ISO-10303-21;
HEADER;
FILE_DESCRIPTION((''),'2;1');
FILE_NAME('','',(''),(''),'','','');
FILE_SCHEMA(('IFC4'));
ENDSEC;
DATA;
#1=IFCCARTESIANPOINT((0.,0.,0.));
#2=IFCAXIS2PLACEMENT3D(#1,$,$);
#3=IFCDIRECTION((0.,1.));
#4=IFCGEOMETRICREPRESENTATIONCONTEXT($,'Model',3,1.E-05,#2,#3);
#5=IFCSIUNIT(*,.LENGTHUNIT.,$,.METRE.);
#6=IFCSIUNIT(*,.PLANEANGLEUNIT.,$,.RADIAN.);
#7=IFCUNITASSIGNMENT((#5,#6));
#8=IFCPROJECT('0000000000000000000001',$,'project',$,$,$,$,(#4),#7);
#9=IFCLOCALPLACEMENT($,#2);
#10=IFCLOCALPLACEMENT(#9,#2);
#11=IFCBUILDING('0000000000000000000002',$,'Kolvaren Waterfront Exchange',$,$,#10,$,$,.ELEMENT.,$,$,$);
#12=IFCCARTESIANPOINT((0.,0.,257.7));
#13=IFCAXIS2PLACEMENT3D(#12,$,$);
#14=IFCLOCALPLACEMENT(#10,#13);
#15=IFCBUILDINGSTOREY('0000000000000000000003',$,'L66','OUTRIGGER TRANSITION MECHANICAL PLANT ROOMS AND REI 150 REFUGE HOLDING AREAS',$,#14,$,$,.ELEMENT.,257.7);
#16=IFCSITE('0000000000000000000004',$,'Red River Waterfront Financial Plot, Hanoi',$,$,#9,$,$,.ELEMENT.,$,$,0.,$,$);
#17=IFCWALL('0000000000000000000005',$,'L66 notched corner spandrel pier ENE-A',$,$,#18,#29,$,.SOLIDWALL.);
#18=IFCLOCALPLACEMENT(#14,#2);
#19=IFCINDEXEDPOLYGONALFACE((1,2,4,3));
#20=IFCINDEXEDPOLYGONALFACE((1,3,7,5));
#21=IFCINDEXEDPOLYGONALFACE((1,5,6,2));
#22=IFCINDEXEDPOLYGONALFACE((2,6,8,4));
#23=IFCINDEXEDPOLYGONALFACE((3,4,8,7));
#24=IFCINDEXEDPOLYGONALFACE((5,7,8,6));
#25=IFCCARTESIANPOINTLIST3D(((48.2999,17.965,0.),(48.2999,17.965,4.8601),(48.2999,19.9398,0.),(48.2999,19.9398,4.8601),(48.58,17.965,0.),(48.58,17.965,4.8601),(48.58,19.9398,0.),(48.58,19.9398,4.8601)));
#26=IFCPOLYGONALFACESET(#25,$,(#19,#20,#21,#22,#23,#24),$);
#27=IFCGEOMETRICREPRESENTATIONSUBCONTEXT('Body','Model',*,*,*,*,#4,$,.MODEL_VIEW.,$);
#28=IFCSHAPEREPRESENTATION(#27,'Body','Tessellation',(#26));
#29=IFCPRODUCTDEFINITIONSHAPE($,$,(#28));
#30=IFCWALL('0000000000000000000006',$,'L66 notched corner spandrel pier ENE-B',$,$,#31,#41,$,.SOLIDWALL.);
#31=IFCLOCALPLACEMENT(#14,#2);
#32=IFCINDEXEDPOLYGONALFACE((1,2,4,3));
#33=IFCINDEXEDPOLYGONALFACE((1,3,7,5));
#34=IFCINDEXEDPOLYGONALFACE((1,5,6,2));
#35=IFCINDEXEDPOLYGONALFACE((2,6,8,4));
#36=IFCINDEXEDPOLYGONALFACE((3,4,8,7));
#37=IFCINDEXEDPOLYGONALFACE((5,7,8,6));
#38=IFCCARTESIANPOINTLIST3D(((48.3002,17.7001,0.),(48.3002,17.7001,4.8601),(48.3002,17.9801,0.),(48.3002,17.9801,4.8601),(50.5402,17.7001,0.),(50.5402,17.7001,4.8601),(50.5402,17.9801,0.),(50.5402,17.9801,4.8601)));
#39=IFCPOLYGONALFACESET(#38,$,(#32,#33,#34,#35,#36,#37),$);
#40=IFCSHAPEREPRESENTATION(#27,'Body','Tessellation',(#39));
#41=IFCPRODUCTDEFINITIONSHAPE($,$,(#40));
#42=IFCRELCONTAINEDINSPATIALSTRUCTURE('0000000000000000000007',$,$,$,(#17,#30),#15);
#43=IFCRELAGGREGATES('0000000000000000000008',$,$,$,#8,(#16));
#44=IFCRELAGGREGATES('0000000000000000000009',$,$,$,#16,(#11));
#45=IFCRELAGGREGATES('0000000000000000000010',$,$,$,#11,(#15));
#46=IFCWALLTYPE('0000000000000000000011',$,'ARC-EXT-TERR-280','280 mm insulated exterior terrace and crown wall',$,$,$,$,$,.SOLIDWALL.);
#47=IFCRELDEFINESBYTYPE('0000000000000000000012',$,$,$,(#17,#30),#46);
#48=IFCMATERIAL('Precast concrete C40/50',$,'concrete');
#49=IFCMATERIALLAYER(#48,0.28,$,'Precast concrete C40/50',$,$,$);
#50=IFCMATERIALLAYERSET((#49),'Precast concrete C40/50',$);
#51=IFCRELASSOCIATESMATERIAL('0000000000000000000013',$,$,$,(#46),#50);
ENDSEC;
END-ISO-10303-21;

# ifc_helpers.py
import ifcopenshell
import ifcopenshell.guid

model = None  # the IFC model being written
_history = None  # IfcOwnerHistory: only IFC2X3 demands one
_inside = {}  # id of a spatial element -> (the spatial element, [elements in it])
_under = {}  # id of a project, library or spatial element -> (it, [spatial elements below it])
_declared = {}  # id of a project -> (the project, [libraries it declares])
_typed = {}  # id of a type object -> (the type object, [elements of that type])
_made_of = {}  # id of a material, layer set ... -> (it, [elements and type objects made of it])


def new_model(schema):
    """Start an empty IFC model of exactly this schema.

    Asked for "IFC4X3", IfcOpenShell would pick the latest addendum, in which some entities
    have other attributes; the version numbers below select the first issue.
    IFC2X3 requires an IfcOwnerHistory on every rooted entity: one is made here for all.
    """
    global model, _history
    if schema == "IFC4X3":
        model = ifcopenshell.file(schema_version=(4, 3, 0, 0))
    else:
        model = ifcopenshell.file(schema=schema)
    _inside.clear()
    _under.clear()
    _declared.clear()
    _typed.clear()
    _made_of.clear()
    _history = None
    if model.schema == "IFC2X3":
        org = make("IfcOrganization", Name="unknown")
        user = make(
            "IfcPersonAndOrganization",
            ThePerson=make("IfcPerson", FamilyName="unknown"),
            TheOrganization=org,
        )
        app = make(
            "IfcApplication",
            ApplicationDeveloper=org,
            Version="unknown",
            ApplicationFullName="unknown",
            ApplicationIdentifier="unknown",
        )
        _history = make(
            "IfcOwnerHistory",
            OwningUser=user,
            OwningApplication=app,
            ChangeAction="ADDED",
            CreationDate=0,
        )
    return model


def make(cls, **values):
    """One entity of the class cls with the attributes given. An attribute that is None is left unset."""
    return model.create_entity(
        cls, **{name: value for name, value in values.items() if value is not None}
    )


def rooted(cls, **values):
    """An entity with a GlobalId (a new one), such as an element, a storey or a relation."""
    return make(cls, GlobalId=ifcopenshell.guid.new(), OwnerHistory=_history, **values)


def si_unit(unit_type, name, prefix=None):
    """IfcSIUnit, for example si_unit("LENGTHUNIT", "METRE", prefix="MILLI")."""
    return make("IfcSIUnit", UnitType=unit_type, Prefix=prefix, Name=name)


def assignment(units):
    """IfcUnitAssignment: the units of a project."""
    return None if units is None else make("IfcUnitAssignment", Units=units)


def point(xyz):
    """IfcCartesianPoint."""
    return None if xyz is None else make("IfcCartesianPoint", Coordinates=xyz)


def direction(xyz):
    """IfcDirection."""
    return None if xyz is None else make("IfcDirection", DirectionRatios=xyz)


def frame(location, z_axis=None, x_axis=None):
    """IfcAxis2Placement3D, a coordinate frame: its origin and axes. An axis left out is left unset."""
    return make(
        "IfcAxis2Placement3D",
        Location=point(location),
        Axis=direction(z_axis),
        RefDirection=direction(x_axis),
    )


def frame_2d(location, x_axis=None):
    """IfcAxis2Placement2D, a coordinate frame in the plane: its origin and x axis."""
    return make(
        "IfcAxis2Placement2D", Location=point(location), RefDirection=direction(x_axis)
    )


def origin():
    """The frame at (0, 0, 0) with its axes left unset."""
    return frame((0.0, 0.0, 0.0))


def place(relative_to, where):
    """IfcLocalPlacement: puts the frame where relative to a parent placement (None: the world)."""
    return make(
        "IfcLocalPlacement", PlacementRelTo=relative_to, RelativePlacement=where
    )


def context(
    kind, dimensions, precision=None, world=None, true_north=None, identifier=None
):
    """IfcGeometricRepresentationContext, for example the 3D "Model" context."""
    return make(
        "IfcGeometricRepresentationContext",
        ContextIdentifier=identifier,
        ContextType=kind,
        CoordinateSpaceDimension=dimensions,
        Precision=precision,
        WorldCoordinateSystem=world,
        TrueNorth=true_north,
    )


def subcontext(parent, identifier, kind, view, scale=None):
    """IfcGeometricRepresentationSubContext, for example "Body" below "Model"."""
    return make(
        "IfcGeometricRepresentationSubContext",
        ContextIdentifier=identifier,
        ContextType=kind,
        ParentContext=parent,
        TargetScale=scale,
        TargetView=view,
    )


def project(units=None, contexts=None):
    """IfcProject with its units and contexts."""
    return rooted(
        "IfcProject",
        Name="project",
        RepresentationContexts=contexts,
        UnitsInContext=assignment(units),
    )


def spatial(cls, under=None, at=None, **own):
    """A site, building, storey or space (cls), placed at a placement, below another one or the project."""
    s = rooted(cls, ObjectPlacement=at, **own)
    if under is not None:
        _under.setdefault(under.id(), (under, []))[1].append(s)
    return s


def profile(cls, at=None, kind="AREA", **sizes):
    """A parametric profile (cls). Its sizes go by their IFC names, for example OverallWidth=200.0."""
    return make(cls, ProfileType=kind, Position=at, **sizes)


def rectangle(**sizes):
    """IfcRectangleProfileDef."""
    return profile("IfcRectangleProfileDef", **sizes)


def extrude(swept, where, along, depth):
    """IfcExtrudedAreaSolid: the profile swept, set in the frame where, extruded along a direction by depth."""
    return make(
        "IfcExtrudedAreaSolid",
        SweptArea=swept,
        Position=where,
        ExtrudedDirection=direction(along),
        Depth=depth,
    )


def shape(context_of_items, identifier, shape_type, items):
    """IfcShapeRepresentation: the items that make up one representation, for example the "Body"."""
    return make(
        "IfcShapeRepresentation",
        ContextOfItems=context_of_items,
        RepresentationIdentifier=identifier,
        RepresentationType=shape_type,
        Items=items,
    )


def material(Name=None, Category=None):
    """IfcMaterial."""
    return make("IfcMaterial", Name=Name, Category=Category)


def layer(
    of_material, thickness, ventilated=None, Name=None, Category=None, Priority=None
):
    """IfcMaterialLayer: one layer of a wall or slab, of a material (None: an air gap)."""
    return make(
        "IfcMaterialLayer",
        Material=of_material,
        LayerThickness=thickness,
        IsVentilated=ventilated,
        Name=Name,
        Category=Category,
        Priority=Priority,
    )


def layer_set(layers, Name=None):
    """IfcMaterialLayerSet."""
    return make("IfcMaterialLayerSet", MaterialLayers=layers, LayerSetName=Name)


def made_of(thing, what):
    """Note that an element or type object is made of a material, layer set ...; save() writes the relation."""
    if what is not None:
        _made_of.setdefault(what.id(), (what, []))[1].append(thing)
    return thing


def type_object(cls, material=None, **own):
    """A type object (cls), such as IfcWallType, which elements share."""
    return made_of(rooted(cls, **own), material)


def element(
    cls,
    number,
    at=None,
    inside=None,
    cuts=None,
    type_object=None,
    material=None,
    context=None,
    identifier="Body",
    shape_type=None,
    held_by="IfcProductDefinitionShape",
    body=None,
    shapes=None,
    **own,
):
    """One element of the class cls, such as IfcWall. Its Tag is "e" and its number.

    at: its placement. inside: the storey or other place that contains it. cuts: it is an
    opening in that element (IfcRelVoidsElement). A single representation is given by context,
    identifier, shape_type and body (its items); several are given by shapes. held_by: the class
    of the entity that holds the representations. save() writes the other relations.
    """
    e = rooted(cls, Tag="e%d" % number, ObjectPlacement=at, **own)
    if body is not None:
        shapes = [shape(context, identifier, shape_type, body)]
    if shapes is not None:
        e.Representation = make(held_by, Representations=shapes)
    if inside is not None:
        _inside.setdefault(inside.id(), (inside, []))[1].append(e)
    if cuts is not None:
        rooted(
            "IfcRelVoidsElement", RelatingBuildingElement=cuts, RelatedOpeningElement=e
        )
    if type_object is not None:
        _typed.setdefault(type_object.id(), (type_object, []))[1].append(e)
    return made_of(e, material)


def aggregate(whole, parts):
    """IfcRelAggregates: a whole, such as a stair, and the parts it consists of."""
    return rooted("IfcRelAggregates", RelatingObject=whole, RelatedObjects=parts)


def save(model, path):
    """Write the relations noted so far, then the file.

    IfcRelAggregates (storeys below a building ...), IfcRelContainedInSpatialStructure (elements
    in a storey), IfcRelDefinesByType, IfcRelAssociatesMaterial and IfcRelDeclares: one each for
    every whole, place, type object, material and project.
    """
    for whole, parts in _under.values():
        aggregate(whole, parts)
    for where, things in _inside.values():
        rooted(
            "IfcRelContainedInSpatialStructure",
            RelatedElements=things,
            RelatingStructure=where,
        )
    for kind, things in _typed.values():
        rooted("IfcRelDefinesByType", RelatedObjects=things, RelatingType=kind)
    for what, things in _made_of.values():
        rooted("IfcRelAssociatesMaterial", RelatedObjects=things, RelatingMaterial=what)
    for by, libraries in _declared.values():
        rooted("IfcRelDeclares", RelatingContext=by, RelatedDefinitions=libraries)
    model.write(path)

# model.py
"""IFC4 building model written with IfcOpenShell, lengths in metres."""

from ifc_helpers import new_model, si_unit, direction, frame, frame_2d, origin, place, context, subcontext, project, spatial, rectangle, extrude, material, layer, layer_set, type_object, element, save


model = new_model("IFC4")

# Units and contexts
model_context = context("Model", 3, precision=1e-05, world=origin(), true_north=direction((0.0, 1.0)))
body_context = subcontext(model_context, "Body", "Model", "MODEL_VIEW")
ifc_project = project(units=[si_unit("LENGTHUNIT", "METRE"), si_unit("PLANEANGLEUNIT", "RADIAN")], contexts=[model_context])

# Site, building, storey
site_placement = place(None, origin())
site = spatial("IfcSite", under=ifc_project, at=site_placement, Name="Red River Waterfront Financial Plot, Hanoi", CompositionType="ELEMENT", RefElevation=0.0)
building_placement = place(site_placement, origin())
building = spatial("IfcBuilding", under=site, at=building_placement, Name="Kolvaren Waterfront Exchange", CompositionType="ELEMENT")
storey_placement = place(building_placement, frame((0.0, 0.0, 257.7)))
storey = spatial("IfcBuildingStorey", under=building, at=storey_placement, Name="L66", Description="OUTRIGGER TRANSITION MECHANICAL PLANT ROOMS AND REI 150 REFUGE HOLDING AREAS", CompositionType="ELEMENT", Elevation=257.7)

# Walls
ifc_material_1 = material(Name="Precast concrete C40/50", Category="concrete")
ifc_layer_1 = layer(ifc_material_1, 0.28, Name="Precast concrete C40/50")
ifc_layer_set_1 = layer_set([ifc_layer_1], Name="Precast concrete C40/50")
wall_type = type_object("IfcWallType", Name="ARC-EXT-TERR-280", Description="280 mm insulated exterior terrace and crown wall", PredefinedType="SOLIDWALL", material=ifc_layer_set_1)
wall_1_placement = place(storey_placement, frame((48.4399, 17.9651, 0.0), z_axis=(0.0, 0.0, 1.0), x_axis=(0.0, 1.0, 0.0)))
element("IfcWall", 1, at=wall_1_placement, inside=storey, type_object=wall_type, Name="L66 notched corner spandrel pier ENE-A", PredefinedType="SOLIDWALL", context=body_context, shape_type="SweptSolid", body=[
    extrude(rectangle(XDim=1.9749, YDim=0.28, at=frame_2d((0.9873, 0.0))), origin(), (0.0, 0.0, 1.0), 4.8601),
])
wall_2_placement = place(storey_placement, frame((48.3, 17.8401, 0.0), z_axis=(0.0, 0.0, 1.0), x_axis=(1.0, 0.0, 0.0)))
element("IfcWall", 2, at=wall_2_placement, inside=storey, type_object=wall_type, Name="L66 notched corner spandrel pier ENE-B", PredefinedType="SOLIDWALL", context=body_context, shape_type="SweptSolid", body=[
    extrude(rectangle(XDim=2.24, YDim=0.28, at=frame_2d((1.1201, 0.0))), origin(), (0.0, 0.0, 1.0), 4.8601),
])

save(model, "model.ifc")
